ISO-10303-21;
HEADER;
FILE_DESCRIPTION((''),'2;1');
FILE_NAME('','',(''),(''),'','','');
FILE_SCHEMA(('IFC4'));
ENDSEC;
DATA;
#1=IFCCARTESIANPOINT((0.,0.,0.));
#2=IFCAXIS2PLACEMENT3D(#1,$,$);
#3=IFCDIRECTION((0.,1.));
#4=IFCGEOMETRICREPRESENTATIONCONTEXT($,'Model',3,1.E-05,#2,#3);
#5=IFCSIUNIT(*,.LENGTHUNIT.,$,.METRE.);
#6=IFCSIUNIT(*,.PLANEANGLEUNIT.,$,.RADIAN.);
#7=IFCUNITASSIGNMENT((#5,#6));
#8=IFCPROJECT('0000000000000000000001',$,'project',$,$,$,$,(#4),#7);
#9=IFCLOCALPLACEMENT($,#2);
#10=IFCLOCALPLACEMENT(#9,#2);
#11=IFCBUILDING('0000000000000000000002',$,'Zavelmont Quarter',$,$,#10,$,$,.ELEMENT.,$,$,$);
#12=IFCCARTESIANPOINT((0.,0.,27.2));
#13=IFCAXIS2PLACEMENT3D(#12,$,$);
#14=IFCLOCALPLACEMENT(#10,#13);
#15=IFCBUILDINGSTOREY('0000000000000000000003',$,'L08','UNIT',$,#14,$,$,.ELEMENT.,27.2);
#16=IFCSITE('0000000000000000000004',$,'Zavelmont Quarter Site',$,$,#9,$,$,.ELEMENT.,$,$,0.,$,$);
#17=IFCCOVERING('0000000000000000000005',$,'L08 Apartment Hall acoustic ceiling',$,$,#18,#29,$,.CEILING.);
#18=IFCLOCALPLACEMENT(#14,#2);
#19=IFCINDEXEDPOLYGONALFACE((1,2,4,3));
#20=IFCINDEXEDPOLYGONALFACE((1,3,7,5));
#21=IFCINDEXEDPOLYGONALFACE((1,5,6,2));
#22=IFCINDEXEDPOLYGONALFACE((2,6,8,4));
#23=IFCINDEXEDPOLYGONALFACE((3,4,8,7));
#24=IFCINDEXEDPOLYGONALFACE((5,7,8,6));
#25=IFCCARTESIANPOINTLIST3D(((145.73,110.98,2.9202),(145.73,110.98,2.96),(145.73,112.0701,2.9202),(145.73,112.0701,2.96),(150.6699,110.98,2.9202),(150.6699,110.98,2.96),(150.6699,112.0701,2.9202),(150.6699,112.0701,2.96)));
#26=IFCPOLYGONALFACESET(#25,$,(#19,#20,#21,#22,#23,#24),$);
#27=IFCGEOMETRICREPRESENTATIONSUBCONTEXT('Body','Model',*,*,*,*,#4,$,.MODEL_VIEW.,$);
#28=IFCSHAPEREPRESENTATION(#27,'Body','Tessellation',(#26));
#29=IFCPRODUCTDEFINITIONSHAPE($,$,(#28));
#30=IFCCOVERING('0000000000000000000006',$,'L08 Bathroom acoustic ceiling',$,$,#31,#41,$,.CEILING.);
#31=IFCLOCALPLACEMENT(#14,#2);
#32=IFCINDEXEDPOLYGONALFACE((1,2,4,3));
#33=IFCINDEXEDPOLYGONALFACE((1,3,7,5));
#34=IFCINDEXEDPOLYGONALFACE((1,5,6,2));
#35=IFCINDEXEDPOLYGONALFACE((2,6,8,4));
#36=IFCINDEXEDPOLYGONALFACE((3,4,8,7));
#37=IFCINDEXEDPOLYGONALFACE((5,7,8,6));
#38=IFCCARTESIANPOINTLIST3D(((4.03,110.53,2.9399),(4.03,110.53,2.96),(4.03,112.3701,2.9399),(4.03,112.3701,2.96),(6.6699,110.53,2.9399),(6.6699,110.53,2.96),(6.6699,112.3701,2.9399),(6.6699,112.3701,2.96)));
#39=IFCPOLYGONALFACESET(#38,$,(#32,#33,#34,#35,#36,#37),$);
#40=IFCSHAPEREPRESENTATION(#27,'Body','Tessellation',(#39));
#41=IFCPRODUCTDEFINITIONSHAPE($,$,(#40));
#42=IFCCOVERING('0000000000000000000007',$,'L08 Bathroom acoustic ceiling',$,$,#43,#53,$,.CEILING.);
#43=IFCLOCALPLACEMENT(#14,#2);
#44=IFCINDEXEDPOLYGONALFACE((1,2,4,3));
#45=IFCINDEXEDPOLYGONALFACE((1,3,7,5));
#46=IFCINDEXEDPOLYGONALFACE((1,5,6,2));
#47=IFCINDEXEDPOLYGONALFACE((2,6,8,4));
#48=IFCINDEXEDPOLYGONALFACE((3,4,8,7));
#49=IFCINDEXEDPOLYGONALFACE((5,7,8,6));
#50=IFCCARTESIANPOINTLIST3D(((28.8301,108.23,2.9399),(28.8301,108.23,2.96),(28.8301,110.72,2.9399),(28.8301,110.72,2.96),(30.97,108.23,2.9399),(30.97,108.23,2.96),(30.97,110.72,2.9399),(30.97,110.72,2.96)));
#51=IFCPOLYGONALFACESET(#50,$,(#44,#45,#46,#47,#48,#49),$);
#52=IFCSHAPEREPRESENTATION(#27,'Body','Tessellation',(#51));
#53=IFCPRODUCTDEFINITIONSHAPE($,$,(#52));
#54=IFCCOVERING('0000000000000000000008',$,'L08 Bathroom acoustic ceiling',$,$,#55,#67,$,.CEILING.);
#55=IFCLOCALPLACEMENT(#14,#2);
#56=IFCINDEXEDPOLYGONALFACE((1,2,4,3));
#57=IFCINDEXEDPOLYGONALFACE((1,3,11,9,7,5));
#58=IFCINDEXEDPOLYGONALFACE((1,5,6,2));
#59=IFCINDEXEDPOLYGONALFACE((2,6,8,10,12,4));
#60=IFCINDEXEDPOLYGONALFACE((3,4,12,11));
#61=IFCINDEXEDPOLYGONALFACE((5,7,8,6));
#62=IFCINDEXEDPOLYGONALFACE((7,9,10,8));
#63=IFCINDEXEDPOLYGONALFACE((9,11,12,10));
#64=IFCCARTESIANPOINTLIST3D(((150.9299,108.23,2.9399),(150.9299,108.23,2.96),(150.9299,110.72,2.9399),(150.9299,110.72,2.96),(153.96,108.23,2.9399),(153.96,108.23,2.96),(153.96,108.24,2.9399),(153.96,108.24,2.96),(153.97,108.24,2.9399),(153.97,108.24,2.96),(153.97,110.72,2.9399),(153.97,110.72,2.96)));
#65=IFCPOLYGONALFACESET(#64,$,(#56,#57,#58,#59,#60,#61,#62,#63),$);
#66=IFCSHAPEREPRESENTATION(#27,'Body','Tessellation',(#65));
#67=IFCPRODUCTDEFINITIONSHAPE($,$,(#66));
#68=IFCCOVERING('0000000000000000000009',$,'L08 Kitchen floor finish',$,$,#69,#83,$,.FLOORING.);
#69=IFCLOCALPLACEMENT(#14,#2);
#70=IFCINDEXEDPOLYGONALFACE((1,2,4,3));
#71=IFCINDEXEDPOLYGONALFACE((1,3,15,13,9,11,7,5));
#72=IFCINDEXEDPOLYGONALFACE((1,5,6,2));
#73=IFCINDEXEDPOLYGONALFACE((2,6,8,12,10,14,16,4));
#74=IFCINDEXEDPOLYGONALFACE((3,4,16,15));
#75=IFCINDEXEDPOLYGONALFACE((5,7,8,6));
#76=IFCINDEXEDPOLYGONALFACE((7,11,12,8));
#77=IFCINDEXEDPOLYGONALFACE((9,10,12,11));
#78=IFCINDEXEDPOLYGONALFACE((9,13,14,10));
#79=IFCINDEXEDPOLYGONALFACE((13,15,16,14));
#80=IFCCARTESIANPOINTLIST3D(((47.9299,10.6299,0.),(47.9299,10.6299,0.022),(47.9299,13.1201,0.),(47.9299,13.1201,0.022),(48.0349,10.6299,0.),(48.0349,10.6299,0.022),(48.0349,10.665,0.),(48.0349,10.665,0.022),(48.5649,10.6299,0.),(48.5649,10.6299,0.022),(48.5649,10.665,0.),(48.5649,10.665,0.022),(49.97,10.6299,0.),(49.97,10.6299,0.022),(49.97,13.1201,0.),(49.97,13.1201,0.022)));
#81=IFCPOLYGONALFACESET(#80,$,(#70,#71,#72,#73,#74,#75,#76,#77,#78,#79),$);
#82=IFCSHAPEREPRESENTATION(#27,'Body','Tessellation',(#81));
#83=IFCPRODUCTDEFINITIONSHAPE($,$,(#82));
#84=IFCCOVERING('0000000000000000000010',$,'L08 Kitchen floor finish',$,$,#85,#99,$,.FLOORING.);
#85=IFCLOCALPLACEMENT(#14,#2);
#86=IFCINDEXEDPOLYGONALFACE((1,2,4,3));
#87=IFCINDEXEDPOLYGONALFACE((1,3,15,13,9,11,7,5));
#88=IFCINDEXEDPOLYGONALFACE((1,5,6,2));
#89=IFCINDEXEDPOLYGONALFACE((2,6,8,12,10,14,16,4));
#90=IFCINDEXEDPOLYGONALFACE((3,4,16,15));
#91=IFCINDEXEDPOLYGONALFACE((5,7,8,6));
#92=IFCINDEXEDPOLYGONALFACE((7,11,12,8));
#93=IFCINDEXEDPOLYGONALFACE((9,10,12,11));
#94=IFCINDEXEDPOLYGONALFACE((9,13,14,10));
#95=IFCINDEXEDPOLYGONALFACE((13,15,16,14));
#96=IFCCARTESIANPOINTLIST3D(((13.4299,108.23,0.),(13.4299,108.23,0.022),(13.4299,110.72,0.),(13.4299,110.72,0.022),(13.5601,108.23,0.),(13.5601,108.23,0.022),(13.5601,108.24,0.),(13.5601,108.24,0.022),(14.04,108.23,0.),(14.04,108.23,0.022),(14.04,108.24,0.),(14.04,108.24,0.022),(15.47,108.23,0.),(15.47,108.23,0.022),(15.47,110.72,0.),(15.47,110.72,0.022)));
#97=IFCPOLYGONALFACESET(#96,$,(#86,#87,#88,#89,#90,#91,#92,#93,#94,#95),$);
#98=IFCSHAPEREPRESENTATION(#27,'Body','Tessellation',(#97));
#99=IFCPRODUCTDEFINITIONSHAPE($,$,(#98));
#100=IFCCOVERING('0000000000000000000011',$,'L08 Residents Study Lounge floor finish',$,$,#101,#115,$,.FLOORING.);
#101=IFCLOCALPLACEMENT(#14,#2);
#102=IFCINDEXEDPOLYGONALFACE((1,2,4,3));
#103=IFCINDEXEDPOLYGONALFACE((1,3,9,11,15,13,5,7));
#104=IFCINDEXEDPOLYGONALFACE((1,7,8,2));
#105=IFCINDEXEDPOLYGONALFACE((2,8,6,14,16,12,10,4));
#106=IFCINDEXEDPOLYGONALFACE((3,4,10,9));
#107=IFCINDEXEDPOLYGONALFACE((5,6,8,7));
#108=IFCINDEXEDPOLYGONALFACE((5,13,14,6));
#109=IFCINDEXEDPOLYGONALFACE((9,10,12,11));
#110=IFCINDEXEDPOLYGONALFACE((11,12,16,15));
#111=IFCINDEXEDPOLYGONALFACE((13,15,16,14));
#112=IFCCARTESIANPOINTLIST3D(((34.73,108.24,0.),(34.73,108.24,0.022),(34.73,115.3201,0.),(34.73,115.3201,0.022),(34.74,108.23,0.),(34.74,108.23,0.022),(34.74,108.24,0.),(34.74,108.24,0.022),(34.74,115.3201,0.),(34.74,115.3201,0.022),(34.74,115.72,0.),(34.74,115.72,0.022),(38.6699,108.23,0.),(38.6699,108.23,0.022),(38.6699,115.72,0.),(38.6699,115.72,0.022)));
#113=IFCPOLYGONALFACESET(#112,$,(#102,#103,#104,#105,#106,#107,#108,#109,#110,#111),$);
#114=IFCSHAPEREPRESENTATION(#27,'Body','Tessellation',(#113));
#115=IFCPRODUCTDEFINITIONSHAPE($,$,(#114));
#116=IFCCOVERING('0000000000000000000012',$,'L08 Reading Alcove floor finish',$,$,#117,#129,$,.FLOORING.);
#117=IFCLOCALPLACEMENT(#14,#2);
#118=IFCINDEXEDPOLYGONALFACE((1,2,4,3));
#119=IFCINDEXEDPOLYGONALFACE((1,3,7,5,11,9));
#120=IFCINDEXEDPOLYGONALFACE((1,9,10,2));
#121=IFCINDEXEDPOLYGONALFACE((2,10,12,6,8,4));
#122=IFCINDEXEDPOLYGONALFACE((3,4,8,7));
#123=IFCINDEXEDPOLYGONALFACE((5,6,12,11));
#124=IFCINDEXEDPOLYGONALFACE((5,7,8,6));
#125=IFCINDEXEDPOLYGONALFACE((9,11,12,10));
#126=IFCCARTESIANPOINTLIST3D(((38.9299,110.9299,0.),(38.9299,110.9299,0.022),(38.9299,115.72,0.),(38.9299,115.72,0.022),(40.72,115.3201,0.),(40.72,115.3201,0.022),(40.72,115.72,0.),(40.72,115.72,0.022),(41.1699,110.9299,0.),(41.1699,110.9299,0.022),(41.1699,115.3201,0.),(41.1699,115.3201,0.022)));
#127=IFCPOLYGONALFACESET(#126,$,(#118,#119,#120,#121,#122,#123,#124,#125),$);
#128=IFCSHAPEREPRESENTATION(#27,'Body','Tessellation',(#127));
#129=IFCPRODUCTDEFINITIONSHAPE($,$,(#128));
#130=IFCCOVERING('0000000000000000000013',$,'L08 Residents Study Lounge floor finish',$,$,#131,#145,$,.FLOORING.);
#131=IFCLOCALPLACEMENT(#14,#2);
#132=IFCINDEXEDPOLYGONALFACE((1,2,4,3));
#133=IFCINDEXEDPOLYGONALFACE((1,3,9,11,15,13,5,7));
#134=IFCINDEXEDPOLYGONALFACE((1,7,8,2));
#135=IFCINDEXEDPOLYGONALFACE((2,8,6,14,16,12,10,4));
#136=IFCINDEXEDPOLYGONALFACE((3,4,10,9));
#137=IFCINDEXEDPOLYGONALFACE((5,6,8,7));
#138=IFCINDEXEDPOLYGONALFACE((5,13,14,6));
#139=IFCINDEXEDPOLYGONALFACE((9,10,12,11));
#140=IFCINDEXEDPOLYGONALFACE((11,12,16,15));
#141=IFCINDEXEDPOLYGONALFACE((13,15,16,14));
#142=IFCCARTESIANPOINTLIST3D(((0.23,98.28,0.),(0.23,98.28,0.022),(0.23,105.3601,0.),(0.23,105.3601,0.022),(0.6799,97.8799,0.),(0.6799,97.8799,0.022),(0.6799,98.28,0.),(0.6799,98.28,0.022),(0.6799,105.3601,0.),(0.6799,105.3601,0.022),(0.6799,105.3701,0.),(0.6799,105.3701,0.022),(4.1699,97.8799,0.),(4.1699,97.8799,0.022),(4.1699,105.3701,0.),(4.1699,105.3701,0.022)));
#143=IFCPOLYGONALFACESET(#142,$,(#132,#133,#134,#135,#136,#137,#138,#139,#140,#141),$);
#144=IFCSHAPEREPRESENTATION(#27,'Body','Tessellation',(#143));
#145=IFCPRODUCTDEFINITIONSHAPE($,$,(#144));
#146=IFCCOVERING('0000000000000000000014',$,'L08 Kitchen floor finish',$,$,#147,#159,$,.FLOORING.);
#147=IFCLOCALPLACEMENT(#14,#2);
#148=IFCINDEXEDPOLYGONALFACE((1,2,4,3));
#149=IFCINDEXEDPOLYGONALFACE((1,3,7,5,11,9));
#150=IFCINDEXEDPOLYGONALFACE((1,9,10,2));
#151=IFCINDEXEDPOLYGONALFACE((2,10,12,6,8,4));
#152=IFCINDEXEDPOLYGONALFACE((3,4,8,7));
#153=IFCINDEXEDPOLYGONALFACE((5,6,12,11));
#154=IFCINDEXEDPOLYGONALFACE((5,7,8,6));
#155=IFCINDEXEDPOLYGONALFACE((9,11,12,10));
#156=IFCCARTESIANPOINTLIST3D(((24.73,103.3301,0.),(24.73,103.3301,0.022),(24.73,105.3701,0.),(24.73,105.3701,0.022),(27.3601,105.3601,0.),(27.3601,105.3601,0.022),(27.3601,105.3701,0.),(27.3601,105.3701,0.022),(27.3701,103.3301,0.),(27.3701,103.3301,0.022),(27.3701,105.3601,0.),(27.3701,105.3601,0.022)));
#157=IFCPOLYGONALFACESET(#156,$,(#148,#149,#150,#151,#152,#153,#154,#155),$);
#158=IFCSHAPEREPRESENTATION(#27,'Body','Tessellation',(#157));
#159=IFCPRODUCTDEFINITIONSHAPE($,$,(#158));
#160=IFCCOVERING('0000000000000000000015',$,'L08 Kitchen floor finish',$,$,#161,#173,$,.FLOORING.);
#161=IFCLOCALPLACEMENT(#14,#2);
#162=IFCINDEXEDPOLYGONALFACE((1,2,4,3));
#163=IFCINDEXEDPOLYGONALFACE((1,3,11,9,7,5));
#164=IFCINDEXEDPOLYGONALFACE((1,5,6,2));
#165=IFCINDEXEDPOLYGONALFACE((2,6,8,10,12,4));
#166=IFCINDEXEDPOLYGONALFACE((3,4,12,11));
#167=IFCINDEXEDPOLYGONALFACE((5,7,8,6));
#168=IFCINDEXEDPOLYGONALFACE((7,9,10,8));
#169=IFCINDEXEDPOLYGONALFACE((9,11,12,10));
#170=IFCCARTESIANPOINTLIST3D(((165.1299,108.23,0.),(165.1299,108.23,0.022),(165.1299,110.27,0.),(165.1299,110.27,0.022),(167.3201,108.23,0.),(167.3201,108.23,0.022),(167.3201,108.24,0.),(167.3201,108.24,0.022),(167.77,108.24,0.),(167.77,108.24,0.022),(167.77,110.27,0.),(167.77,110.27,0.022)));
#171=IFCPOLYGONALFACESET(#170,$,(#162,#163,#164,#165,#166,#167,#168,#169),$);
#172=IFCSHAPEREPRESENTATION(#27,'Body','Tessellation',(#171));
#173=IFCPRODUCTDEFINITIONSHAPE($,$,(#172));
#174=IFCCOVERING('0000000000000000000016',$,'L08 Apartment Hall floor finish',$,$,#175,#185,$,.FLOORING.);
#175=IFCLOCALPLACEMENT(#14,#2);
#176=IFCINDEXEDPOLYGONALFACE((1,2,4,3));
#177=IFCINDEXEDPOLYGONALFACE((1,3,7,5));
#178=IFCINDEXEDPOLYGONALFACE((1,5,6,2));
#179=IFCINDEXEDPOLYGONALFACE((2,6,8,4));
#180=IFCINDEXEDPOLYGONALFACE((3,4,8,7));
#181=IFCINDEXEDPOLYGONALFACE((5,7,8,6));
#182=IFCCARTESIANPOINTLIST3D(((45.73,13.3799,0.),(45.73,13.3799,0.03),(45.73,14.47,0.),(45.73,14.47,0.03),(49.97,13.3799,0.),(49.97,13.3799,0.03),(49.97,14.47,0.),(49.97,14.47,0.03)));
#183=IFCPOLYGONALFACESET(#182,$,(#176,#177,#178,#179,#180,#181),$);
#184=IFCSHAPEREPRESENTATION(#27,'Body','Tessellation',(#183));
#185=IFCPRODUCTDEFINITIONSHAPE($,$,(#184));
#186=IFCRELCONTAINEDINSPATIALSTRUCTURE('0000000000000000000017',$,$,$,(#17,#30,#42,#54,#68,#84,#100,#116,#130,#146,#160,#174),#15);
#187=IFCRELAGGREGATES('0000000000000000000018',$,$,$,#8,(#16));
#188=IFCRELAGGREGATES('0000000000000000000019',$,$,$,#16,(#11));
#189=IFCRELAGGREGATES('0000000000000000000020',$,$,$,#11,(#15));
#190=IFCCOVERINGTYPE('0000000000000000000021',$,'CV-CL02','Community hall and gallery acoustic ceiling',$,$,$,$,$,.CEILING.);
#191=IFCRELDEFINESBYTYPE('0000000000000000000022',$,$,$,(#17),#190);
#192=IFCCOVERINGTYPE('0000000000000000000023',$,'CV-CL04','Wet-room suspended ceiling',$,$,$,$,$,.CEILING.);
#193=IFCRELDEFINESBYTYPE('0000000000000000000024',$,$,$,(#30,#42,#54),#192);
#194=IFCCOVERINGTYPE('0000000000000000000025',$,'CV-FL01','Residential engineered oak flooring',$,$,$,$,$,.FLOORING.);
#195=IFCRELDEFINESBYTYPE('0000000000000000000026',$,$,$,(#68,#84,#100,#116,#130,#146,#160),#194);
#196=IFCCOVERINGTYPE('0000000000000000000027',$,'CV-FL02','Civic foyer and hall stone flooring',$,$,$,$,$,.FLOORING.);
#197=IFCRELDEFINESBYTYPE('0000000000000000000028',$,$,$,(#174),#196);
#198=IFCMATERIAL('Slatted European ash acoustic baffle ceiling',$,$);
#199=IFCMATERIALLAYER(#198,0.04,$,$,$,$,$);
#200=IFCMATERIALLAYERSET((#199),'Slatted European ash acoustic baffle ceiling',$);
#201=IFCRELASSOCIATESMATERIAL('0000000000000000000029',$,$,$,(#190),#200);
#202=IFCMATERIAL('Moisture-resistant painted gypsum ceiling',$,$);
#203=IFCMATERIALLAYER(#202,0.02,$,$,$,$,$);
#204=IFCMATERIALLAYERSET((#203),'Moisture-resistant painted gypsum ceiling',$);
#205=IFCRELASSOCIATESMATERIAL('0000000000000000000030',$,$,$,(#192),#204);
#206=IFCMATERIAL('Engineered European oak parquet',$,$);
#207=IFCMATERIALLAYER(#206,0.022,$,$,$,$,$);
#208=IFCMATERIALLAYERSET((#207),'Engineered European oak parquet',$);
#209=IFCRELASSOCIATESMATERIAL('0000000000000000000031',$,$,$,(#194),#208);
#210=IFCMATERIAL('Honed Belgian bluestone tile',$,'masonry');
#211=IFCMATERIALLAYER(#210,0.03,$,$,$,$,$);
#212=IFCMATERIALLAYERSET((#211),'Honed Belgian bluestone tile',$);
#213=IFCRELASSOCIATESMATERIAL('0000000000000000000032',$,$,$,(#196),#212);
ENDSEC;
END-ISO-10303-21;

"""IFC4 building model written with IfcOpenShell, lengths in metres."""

from ifc_helpers import new_model, si_unit, direction, frame, origin, place, context, subcontext, project, spatial, polyline, outline, extrude, material, layer, layer_set, type_object, element, save


model = new_model("IFC4")

# Units and contexts
model_context = context("Model", 3, precision=1e-05, world=origin(), true_north=direction((0.0, 1.0)))
body_context = subcontext(model_context, "Body", "Model", "MODEL_VIEW")
ifc_project = project(units=[si_unit("LENGTHUNIT", "METRE"), si_unit("PLANEANGLEUNIT", "RADIAN")], contexts=[model_context])

# Site, building, storey
site_placement = place(None, origin())
site = spatial("IfcSite", under=ifc_project, at=site_placement, Name="Zavelmont Quarter Site", CompositionType="ELEMENT", RefElevation=0.0)
building_placement = place(site_placement, origin())
building = spatial("IfcBuilding", under=site, at=building_placement, Name="Zavelmont Quarter", CompositionType="ELEMENT")
storey_placement = place(building_placement, frame((0.0, 0.0, 27.2)))
storey = spatial("IfcBuildingStorey", under=building, at=storey_placement, Name="L08", Description="UNIT", CompositionType="ELEMENT", Elevation=27.2)

# Coverings
ifc_material_1 = material(Name="Slatted European ash acoustic baffle ceiling")
ifc_layer_1 = layer(ifc_material_1, 0.04)
ifc_layer_set_1 = layer_set([ifc_layer_1], Name="Slatted European ash acoustic baffle ceiling")
covering_type_1 = type_object("IfcCoveringType", Name="CV-CL02", Description="Community hall and gallery acoustic ceiling", PredefinedType="CEILING", material=ifc_layer_set_1)
covering_1_placement = place(storey_placement, frame((0.0, 0.0, 2.9202)))
element("IfcCovering", 1, at=covering_1_placement, inside=storey, type_object=covering_type_1, Name="L08 Apartment Hall acoustic ceiling", PredefinedType="CEILING", context=body_context, shape_type="SweptSolid", body=[
    extrude(outline(polyline([(145.73, 112.0701), (150.6699, 112.0701), (150.6699, 110.98), (145.73, 110.98), (145.73, 112.0701)])), origin(), (0.0, 0.0, 1.0), 0.0398),
])
ifc_material_2 = material(Name="Moisture-resistant painted gypsum ceiling")
ifc_layer_2 = layer(ifc_material_2, 0.02)
ifc_layer_set_2 = layer_set([ifc_layer_2], Name="Moisture-resistant painted gypsum ceiling")
covering_type_2 = type_object("IfcCoveringType", Name="CV-CL04", Description="Wet-room suspended ceiling", PredefinedType="CEILING", material=ifc_layer_set_2)
covering_2_placement = place(storey_placement, frame((0.0, 0.0, 2.9399)))
element("IfcCovering", 2, at=covering_2_placement, inside=storey, type_object=covering_type_2, Name="L08 Bathroom acoustic ceiling", PredefinedType="CEILING", context=body_context, shape_type="SweptSolid", body=[
    extrude(outline(polyline([(4.03, 112.3701), (6.6699, 112.3701), (6.6699, 110.53), (4.03, 110.53), (4.03, 112.3701)])), origin(), (0.0, 0.0, 1.0), 0.02),
])
covering_3_placement = place(storey_placement, frame((0.0, 0.0, 2.9399)))
element("IfcCovering", 3, at=covering_3_placement, inside=storey, type_object=covering_type_2, Name="L08 Bathroom acoustic ceiling", PredefinedType="CEILING", context=body_context, shape_type="SweptSolid", body=[
    extrude(outline(polyline([(28.8301, 110.72), (30.97, 110.72), (30.97, 108.23), (28.8301, 108.23), (28.8301, 110.72)])), origin(), (0.0, 0.0, 1.0), 0.02),
])
covering_4_placement = place(storey_placement, frame((0.0, 0.0, 2.9399)))
element("IfcCovering", 4, at=covering_4_placement, inside=storey, type_object=covering_type_2, Name="L08 Bathroom acoustic ceiling", PredefinedType="CEILING", context=body_context, shape_type="SweptSolid", body=[
    extrude(outline(polyline([(150.9299, 110.72), (153.97, 110.72), (153.97, 108.24), (153.96, 108.24), (153.96, 108.23), (150.9299, 108.23), (150.9299, 110.72)])), origin(), (0.0, 0.0, 1.0), 0.02),
])
ifc_material_3 = material(Name="Engineered European oak parquet")
ifc_layer_3 = layer(ifc_material_3, 0.022)
ifc_layer_set_3 = layer_set([ifc_layer_3], Name="Engineered European oak parquet")
covering_type_3 = type_object("IfcCoveringType", Name="CV-FL01", Description="Residential engineered oak flooring", PredefinedType="FLOORING", material=ifc_layer_set_3)
covering_5_placement = place(storey_placement, origin())
element("IfcCovering", 5, at=covering_5_placement, inside=storey, type_object=covering_type_3, Name="L08 Kitchen floor finish", PredefinedType="FLOORING", context=body_context, shape_type="SweptSolid", body=[
    extrude(outline(polyline([(47.9299, 13.1201), (49.97, 13.1201), (49.97, 10.6299), (48.5649, 10.6299), (48.5649, 10.665), (48.0349, 10.665), (48.0349, 10.6299), (47.9299, 10.6299), (47.9299, 13.1201)])), origin(), (0.0, 0.0, 1.0), 0.022),
])
covering_6_placement = place(storey_placement, origin())
element("IfcCovering", 6, at=covering_6_placement, inside=storey, type_object=covering_type_3, Name="L08 Kitchen floor finish", PredefinedType="FLOORING", context=body_context, shape_type="SweptSolid", body=[
    extrude(outline(polyline([(13.4299, 110.72), (15.47, 110.72), (15.47, 108.23), (14.04, 108.23), (14.04, 108.24), (13.5601, 108.24), (13.5601, 108.23), (13.4299, 108.23), (13.4299, 110.72)])), origin(), (0.0, 0.0, 1.0), 0.022),
])
covering_7_placement = place(storey_placement, origin())
element("IfcCovering", 7, at=covering_7_placement, inside=storey, type_object=covering_type_3, Name="L08 Residents Study Lounge floor finish", PredefinedType="FLOORING", context=body_context, shape_type="SweptSolid", body=[
    extrude(outline(polyline([(34.73, 115.3201), (34.74, 115.3201), (34.74, 115.72), (38.6699, 115.72), (38.6699, 108.23), (34.74, 108.23), (34.74, 108.24), (34.73, 108.24), (34.73, 115.3201)])), origin(), (0.0, 0.0, 1.0), 0.022),
])
covering_8_placement = place(storey_placement, origin())
element("IfcCovering", 8, at=covering_8_placement, inside=storey, type_object=covering_type_3, Name="L08 Reading Alcove floor finish", PredefinedType="FLOORING", context=body_context, shape_type="SweptSolid", body=[
    extrude(outline(polyline([(38.9299, 115.72), (40.72, 115.72), (40.72, 115.3201), (41.1699, 115.3201), (41.1699, 110.9299), (38.9299, 110.9299), (38.9299, 115.72)])), origin(), (0.0, 0.0, 1.0), 0.022),
])
covering_9_placement = place(storey_placement, origin())
element("IfcCovering", 9, at=covering_9_placement, inside=storey, type_object=covering_type_3, Name="L08 Residents Study Lounge floor finish", PredefinedType="FLOORING", context=body_context, shape_type="SweptSolid", body=[
    extrude(outline(polyline([(0.23, 105.3601), (0.6799, 105.3601), (0.6799, 105.3701), (4.1699, 105.3701), (4.1699, 97.8799), (0.6799, 97.8799), (0.6799, 98.28), (0.23, 98.28), (0.23, 105.3601)])), origin(), (0.0, 0.0, 1.0), 0.022),
])
covering_10_placement = place(storey_placement, origin())
element("IfcCovering", 10, at=covering_10_placement, inside=storey, type_object=covering_type_3, Name="L08 Kitchen floor finish", PredefinedType="FLOORING", context=body_context, shape_type="SweptSolid", body=[
    extrude(outline(polyline([(24.73, 105.3701), (27.3601, 105.3701), (27.3601, 105.3601), (27.3701, 105.3601), (27.3701, 103.3301), (24.73, 103.3301), (24.73, 105.3701)])), origin(), (0.0, 0.0, 1.0), 0.022),
])
covering_11_placement = place(storey_placement, origin())
element("IfcCovering", 11, at=covering_11_placement, inside=storey, type_object=covering_type_3, Name="L08 Kitchen floor finish", PredefinedType="FLOORING", context=body_context, shape_type="SweptSolid", body=[
    extrude(outline(polyline([(165.1299, 110.27), (167.77, 110.27), (167.77, 108.24), (167.3201, 108.24), (167.3201, 108.23), (165.1299, 108.23), (165.1299, 110.27)])), origin(), (0.0, 0.0, 1.0), 0.022),
])
ifc_material_4 = material(Name="Honed Belgian bluestone tile", Category="masonry")
ifc_layer_4 = layer(ifc_material_4, 0.03)
ifc_layer_set_4 = layer_set([ifc_layer_4], Name="Honed Belgian bluestone tile")
covering_type_4 = type_object("IfcCoveringType", Name="CV-FL02", Description="Civic foyer and hall stone flooring", PredefinedType="FLOORING", material=ifc_layer_set_4)
covering_12_placement = place(storey_placement, origin())
element("IfcCovering", 12, at=covering_12_placement, inside=storey, type_object=covering_type_4, Name="L08 Apartment Hall floor finish", PredefinedType="FLOORING", context=body_context, shape_type="SweptSolid", body=[
    extrude(outline(polyline([(45.73, 14.47), (49.97, 14.47), (49.97, 13.3799), (45.73, 13.3799), (45.73, 14.47)])), origin(), (0.0, 0.0, 1.0), 0.03),
])

save(model, "model.ifc")
